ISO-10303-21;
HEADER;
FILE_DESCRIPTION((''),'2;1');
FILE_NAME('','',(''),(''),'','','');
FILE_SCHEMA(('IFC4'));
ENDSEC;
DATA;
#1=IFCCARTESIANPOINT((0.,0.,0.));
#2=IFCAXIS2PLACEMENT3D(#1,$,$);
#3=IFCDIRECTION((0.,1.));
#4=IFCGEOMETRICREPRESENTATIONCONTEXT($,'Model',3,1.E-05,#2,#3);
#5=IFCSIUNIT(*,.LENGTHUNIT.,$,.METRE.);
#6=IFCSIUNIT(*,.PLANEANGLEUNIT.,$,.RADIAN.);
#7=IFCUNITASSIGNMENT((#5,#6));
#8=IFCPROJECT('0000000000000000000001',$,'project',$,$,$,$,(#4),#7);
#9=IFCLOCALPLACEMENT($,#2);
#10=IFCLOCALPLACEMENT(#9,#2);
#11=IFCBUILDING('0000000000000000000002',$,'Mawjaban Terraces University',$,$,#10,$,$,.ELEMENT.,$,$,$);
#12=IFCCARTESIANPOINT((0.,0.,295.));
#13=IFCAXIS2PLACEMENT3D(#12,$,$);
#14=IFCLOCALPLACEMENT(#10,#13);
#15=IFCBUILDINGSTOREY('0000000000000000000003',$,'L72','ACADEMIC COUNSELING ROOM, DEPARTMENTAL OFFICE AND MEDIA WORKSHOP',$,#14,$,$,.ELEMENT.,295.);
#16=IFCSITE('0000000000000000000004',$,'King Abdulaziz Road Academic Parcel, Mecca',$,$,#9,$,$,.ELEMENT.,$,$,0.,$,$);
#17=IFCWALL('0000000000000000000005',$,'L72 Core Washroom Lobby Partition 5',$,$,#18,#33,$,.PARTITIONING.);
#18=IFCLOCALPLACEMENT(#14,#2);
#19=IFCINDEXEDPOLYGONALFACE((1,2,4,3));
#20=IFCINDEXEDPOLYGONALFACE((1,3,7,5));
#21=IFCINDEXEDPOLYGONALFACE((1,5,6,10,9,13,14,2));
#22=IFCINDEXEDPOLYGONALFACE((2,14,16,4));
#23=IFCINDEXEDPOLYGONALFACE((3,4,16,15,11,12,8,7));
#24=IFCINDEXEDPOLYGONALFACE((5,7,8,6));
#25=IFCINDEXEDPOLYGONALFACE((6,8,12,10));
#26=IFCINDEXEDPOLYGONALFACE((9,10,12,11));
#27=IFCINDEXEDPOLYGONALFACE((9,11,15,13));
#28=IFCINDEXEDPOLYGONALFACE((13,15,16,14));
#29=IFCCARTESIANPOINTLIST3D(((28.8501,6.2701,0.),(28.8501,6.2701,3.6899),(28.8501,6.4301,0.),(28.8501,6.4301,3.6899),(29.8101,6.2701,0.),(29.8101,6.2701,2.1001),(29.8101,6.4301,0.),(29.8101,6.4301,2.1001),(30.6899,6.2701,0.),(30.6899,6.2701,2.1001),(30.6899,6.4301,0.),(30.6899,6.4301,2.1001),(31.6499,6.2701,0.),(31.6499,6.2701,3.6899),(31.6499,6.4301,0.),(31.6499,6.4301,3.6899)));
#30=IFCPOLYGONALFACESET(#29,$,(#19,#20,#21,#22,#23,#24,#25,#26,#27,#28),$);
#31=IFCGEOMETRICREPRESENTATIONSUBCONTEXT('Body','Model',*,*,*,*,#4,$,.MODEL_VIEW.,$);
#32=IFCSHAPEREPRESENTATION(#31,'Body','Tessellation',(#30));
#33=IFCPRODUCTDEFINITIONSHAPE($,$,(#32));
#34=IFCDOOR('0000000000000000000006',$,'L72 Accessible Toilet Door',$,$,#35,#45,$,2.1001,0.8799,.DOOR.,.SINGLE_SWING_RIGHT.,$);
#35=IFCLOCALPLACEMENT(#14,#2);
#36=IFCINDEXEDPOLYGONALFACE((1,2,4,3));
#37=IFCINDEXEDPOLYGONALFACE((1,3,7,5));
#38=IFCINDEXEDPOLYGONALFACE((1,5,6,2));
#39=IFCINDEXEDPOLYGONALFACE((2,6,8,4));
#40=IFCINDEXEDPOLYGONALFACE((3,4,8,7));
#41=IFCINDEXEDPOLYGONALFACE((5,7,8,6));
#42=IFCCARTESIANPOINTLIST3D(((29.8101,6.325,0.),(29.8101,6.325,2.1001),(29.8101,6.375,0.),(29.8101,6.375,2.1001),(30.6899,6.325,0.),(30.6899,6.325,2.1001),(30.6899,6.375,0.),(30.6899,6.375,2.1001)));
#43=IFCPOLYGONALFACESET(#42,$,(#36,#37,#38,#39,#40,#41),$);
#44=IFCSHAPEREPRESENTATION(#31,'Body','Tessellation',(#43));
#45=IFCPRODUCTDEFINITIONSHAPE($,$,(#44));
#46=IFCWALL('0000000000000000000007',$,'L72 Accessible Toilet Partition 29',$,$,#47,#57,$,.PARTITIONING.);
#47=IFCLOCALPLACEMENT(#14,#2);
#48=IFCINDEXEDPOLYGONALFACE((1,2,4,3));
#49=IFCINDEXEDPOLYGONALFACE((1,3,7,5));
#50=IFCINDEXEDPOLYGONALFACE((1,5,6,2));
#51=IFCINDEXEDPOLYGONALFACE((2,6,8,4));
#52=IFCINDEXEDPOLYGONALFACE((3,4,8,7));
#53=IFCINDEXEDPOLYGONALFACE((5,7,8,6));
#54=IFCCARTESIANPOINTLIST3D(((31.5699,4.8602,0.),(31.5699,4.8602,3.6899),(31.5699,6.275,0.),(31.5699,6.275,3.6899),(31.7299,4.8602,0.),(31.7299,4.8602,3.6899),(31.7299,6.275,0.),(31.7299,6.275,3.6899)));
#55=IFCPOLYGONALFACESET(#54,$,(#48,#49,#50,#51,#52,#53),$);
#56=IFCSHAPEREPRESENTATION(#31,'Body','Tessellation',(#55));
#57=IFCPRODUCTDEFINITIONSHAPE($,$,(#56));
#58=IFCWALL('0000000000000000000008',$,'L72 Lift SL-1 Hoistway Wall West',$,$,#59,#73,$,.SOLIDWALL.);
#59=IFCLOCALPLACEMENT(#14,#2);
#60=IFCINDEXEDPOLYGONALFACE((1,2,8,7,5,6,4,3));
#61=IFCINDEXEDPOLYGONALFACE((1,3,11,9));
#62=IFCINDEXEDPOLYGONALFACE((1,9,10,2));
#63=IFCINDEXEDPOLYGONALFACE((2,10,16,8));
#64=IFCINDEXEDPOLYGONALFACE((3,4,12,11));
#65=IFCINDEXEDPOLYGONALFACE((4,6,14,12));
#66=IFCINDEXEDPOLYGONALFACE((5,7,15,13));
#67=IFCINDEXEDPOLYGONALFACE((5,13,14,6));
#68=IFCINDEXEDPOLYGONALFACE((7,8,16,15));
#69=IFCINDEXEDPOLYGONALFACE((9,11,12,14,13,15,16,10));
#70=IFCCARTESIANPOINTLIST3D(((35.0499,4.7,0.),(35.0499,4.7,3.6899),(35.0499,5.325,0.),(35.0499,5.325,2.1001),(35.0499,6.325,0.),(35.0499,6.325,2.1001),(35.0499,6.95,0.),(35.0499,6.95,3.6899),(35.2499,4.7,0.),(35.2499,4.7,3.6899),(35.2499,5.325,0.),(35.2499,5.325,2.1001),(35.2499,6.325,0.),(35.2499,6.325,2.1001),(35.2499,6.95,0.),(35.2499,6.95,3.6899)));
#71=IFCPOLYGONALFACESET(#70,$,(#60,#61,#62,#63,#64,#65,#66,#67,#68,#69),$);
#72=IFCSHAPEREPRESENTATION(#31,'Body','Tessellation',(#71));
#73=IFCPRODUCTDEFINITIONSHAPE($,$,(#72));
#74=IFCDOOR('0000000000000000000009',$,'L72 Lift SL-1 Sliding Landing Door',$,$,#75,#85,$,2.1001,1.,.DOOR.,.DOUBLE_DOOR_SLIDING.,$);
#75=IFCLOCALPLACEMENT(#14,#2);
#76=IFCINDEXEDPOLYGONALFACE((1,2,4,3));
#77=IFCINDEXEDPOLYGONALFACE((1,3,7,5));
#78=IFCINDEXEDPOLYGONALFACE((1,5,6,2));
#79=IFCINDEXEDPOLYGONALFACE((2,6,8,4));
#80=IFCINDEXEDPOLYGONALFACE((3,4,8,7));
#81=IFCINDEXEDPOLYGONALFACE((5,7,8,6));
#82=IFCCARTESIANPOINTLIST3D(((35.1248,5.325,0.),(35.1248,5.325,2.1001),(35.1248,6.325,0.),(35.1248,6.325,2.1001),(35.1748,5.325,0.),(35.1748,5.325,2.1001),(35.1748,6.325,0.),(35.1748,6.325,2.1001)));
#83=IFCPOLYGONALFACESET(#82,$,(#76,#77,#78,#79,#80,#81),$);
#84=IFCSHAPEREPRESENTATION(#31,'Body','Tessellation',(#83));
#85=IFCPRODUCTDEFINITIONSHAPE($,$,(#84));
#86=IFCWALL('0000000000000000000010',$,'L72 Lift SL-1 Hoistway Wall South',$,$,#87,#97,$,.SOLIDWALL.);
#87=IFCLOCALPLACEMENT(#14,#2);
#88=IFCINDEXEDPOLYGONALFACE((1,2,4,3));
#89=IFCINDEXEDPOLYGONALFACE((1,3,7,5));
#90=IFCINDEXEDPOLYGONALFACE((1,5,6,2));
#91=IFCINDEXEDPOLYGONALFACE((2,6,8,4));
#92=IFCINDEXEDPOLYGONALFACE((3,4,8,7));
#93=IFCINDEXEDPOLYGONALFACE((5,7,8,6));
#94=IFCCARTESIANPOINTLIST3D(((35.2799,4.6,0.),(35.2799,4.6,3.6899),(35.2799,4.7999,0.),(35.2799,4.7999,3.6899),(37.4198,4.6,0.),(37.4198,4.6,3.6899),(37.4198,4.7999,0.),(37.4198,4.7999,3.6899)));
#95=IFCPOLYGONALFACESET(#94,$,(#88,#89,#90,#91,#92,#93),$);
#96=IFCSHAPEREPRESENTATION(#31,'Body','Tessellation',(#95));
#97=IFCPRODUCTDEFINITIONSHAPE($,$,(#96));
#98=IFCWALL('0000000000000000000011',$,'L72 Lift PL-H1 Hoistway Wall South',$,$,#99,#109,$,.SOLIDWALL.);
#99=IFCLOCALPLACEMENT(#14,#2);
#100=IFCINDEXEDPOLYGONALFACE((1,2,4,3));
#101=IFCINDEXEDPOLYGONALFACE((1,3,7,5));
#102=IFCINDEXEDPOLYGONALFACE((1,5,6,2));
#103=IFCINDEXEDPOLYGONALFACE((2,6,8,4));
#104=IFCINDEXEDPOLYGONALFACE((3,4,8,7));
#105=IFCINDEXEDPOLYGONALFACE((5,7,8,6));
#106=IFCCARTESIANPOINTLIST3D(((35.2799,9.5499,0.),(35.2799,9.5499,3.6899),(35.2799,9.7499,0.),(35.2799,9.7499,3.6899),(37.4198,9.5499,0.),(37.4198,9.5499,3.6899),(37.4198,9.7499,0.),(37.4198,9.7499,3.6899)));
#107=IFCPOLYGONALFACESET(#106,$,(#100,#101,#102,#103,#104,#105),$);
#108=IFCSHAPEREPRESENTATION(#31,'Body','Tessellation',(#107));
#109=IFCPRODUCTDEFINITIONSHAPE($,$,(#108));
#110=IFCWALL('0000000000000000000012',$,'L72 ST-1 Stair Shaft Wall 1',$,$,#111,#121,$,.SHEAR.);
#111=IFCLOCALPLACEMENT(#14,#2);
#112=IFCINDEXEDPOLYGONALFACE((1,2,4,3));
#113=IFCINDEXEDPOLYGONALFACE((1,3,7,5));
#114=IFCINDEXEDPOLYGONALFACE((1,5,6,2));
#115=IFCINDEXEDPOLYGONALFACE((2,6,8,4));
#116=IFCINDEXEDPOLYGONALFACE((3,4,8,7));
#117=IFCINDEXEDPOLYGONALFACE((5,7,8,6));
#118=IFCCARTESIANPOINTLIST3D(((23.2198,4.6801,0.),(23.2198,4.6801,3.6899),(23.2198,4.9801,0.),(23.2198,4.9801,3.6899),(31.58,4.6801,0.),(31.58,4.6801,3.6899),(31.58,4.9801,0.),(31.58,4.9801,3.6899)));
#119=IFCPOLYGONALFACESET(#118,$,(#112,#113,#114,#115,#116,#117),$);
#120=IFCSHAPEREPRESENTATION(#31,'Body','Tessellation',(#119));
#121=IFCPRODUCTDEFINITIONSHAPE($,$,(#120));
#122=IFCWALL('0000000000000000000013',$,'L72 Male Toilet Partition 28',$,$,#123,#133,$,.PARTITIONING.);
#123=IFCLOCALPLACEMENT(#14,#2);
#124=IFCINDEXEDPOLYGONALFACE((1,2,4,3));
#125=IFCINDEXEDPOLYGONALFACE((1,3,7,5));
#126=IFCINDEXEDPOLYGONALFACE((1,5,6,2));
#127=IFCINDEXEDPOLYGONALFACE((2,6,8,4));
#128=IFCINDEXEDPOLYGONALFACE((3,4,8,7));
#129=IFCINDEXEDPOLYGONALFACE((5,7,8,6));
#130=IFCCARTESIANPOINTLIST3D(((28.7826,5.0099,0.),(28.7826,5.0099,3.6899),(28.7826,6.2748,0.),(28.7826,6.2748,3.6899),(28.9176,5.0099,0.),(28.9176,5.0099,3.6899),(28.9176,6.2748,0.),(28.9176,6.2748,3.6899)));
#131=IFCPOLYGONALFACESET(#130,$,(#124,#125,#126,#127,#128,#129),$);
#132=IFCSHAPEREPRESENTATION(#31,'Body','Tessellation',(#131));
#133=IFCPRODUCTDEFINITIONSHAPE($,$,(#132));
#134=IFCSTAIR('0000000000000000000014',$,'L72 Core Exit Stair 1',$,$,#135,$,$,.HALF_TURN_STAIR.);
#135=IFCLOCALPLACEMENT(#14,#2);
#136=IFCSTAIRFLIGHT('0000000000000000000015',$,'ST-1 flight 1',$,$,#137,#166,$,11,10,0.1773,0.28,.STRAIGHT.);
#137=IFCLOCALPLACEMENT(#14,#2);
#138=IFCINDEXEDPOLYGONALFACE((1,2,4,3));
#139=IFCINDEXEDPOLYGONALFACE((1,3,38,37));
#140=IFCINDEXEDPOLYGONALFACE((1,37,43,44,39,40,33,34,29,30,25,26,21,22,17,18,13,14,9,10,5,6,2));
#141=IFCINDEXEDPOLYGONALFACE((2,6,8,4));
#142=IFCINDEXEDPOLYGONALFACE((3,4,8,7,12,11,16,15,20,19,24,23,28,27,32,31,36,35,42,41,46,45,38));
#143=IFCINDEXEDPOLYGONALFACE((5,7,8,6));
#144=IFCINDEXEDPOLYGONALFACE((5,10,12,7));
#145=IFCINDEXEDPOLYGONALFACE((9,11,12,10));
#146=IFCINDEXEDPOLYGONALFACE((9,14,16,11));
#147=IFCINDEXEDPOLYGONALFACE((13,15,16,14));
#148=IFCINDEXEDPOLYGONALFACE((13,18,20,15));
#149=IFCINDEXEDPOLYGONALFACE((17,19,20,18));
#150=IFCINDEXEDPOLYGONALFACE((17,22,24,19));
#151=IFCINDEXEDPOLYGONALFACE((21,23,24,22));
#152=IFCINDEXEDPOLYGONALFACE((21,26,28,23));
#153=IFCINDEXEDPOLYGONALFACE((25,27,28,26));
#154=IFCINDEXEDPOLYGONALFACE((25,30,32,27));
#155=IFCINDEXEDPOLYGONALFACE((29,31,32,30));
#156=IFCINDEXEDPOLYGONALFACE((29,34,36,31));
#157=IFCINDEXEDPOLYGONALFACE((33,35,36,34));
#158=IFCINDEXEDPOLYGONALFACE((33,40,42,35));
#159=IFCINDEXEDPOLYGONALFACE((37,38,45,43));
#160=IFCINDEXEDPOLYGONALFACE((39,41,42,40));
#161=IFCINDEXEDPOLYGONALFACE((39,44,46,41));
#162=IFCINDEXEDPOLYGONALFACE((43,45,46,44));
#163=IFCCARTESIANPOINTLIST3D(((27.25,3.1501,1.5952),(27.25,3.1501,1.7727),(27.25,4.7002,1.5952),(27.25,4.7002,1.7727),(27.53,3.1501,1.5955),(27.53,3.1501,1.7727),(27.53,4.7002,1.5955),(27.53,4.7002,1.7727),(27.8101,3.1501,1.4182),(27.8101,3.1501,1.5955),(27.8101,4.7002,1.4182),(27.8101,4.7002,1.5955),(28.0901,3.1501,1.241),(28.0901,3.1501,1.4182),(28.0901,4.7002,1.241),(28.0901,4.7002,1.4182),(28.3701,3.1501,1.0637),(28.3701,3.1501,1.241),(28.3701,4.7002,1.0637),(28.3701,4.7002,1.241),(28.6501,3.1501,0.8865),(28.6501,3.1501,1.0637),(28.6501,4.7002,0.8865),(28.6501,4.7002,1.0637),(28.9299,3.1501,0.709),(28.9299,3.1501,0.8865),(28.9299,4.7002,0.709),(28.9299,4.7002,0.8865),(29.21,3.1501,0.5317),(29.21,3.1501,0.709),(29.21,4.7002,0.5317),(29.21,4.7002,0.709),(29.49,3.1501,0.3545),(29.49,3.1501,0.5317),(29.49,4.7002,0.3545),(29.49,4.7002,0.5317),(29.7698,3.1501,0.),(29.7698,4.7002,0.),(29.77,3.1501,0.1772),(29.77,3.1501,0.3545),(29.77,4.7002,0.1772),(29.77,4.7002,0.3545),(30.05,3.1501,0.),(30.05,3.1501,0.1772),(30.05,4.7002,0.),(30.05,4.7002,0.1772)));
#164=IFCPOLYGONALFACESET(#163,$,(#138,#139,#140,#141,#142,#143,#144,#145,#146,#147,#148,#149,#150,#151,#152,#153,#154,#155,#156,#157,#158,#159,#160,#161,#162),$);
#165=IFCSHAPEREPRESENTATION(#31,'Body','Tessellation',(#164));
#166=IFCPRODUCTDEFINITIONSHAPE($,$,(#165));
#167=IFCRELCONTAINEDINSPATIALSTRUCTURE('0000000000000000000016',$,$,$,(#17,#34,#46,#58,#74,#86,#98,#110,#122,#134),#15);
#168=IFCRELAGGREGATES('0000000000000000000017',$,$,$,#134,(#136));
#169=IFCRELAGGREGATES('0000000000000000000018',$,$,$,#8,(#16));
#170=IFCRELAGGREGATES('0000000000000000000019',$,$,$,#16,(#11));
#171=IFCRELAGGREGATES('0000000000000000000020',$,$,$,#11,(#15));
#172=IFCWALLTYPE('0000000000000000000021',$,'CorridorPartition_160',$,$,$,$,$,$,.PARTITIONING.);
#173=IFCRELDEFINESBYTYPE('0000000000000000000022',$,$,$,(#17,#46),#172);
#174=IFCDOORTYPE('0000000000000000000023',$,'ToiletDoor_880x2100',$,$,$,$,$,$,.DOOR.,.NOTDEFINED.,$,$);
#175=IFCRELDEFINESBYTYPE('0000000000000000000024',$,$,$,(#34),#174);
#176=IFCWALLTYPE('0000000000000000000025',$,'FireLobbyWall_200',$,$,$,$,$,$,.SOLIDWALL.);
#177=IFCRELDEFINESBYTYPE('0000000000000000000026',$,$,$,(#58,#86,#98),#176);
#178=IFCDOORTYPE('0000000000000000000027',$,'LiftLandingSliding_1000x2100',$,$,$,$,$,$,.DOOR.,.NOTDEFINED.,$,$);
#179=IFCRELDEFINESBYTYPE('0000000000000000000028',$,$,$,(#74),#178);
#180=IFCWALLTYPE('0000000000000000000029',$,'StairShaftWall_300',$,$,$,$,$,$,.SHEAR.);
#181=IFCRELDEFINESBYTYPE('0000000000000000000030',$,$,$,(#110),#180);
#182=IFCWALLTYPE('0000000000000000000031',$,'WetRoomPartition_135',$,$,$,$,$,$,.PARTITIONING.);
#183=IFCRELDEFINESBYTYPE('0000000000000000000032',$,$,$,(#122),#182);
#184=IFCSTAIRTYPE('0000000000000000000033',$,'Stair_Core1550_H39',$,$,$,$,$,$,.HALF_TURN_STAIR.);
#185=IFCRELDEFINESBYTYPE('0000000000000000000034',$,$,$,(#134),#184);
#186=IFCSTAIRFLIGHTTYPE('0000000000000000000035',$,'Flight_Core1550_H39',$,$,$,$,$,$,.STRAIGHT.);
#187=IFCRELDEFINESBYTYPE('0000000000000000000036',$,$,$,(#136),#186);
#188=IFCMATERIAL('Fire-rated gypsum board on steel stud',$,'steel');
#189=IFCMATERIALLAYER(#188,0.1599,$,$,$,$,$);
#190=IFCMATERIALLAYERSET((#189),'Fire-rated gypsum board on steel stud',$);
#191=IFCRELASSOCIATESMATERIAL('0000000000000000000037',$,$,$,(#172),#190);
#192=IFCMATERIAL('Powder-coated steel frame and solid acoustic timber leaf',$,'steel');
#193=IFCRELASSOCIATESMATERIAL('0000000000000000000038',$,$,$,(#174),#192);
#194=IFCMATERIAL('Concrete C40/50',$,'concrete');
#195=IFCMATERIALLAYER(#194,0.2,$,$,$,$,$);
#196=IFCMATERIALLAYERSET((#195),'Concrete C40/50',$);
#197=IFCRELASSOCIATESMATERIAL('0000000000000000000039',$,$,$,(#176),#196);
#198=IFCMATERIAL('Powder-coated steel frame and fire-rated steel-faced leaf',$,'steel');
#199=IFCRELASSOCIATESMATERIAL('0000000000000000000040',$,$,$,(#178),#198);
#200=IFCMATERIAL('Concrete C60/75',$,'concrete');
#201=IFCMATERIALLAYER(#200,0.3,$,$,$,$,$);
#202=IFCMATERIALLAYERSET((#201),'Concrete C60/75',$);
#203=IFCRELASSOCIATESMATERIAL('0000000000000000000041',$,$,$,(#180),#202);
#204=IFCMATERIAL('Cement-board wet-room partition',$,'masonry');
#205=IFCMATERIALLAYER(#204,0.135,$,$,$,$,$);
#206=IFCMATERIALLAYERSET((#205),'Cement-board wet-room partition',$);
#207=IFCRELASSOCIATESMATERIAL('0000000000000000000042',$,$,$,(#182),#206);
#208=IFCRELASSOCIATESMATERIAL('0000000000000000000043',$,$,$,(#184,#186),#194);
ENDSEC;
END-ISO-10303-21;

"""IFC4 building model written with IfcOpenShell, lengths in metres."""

from ifc_helpers import new_model, si_unit, direction, frame, frame_2d, origin, place, context, subcontext, project, spatial, polyline, rectangle, outline, extrude, material, layer, layer_set, type_object, element, fill, aggregate, save


model = new_model("IFC4")

# Units and contexts
model_context = context("Model", 3, precision=1e-05, world=origin(), true_north=direction((0.0, 1.0)))
body_context = subcontext(model_context, "Body", "Model", "MODEL_VIEW")
ifc_project = project(units=[si_unit("LENGTHUNIT", "METRE"), si_unit("PLANEANGLEUNIT", "RADIAN")], contexts=[model_context])

# Site, building, storey
site_placement = place(None, origin())
site = spatial("IfcSite", under=ifc_project, at=site_placement, Name="King Abdulaziz Road Academic Parcel, Mecca", CompositionType="ELEMENT", RefElevation=0.0)
building_placement = place(site_placement, origin())
building = spatial("IfcBuilding", under=site, at=building_placement, Name="Mawjaban Terraces University", CompositionType="ELEMENT")
storey_placement = place(building_placement, frame((0.0, 0.0, 295.0)))
storey = spatial("IfcBuildingStorey", under=building, at=storey_placement, Name="L72", Description="ACADEMIC COUNSELING ROOM, DEPARTMENTAL OFFICE AND MEDIA WORKSHOP", CompositionType="ELEMENT", Elevation=295.0)

# Wall, opening, door
ifc_material_1 = material(Name="Fire-rated gypsum board on steel stud", Category="steel")
ifc_layer_1 = layer(ifc_material_1, 0.1599)
ifc_layer_set_1 = layer_set([ifc_layer_1], Name="Fire-rated gypsum board on steel stud")
wall_type_1 = type_object("IfcWallType", Name="CorridorPartition_160", PredefinedType="PARTITIONING", material=ifc_layer_set_1)
wall_1_placement = place(storey_placement, frame((28.8501, 6.3501, 0.0), z_axis=(0.0, 0.0, 1.0), x_axis=(1.0, 0.0, 0.0)))
wall_1 = element("IfcWall", 1, at=wall_1_placement, inside=storey, type_object=wall_type_1, Name="L72 Core Washroom Lobby Partition 5", PredefinedType="PARTITIONING", context=body_context, shape_type="SweptSolid", body=[
    extrude(rectangle(XDim=2.7998, YDim=0.1599, at=frame_2d((1.3999, 0.0))), origin(), (0.0, 0.0, 1.0), 3.6899),
])
opening_1_placement = place(wall_1_placement, frame((0.96, 0.0, 0.0)))
opening_1 = element("IfcOpeningElement", 2, at=opening_1_placement, cuts=wall_1, PredefinedType="OPENING", context=body_context, shape_type="SweptSolid", body=[
    extrude(rectangle(XDim=0.8799, YDim=2.1001, at=frame_2d((0.4399, 1.05))), frame((0.0, 0.0898, 0.0), z_axis=(0.0, -1.0, 0.0), x_axis=(1.0, 0.0, 0.0)), (0.0, 0.0, 1.0), 0.1799),
])
ifc_material_2 = material(Name="Powder-coated steel frame and solid acoustic timber leaf", Category="steel")
door_type_1 = type_object("IfcDoorType", Name="ToiletDoor_880x2100", OperationType="NOTDEFINED", PredefinedType="DOOR", material=ifc_material_2)
door_1_placement = place(opening_1_placement, origin())
door_1 = element("IfcDoor", 3, at=door_1_placement, inside=storey, type_object=door_type_1, Name="L72 Accessible Toilet Door", OperationType="SINGLE_SWING_RIGHT", OverallHeight=2.1001, OverallWidth=0.8799, PredefinedType="DOOR", context=body_context, shape_type="SweptSolid", body=[
    extrude(rectangle(XDim=0.8799, YDim=2.1001, at=frame_2d((0.4399, 1.05))), frame((0.0, 0.0249, 0.0), z_axis=(0.0, -1.0, 0.0), x_axis=(1.0, 0.0, 0.0)), (0.0, 0.0, 1.0), 0.05),
])
fill(opening_1, door_1)

# Wall
wall_2_placement = place(storey_placement, frame((31.6499, 4.8601, 0.0), z_axis=(0.0, 0.0, 1.0), x_axis=(0.0, 1.0, 0.0)))
element("IfcWall", 4, at=wall_2_placement, inside=storey, type_object=wall_type_1, Name="L72 Accessible Toilet Partition 29", PredefinedType="PARTITIONING", context=body_context, shape_type="SweptSolid", body=[
    extrude(rectangle(XDim=1.4148, YDim=0.1599, at=frame_2d((0.7075, 0.0))), origin(), (0.0, 0.0, 1.0), 3.6899),
])

# Wall, opening, door
ifc_material_3 = material(Name="Concrete C40/50", Category="concrete")
ifc_layer_2 = layer(ifc_material_3, 0.2)
ifc_layer_set_2 = layer_set([ifc_layer_2], Name="Concrete C40/50")
wall_type_2 = type_object("IfcWallType", Name="FireLobbyWall_200", PredefinedType="SOLIDWALL", material=ifc_layer_set_2)
ifc_material_4 = material(Name="Powder-coated steel frame and fire-rated steel-faced leaf", Category="steel")
wall_3_placement = place(storey_placement, frame((35.1499, 6.95, 0.0), z_axis=(0.0, 0.0, 1.0), x_axis=(0.0, -1.0, 0.0)))
wall_3 = element("IfcWall", 5, at=wall_3_placement, inside=storey, type_object=wall_type_2, Name="L72 Lift SL-1 Hoistway Wall West", PredefinedType="SOLIDWALL", context=body_context, shape_type="SweptSolid", body=[
    extrude(rectangle(XDim=2.25, YDim=0.2, at=frame_2d((1.125, 0.0))), origin(), (0.0, 0.0, 1.0), 3.6899),
])
opening_2_placement = place(wall_3_placement, frame((0.625, 0.0, 0.0)))
opening_2 = element("IfcOpeningElement", 6, at=opening_2_placement, cuts=wall_3, PredefinedType="OPENING", context=body_context, shape_type="SweptSolid", body=[
    extrude(rectangle(XDim=1.0, YDim=2.1001, at=frame_2d((0.5, 1.05))), frame((0.0, 0.1099, 0.0), z_axis=(0.0, -1.0, 0.0), x_axis=(1.0, 0.0, 0.0)), (0.0, 0.0, 1.0), 0.22),
])
door_type_2 = type_object("IfcDoorType", Name="LiftLandingSliding_1000x2100", OperationType="NOTDEFINED", PredefinedType="DOOR", material=ifc_material_4)
door_2_placement = place(opening_2_placement, origin())
door_2 = element("IfcDoor", 7, at=door_2_placement, inside=storey, type_object=door_type_2, Name="L72 Lift SL-1 Sliding Landing Door", OperationType="DOUBLE_DOOR_SLIDING", OverallHeight=2.1001, OverallWidth=1.0, PredefinedType="DOOR", context=body_context, shape_type="SweptSolid", body=[
    extrude(rectangle(XDim=1.0, YDim=2.1001, at=frame_2d((0.5, 1.05))), frame((0.0, 0.0249, 0.0), z_axis=(0.0, -1.0, 0.0), x_axis=(1.0, 0.0, 0.0)), (0.0, 0.0, 1.0), 0.05),
])
fill(opening_2, door_2)

# Walls
for number, where, z_axis, x_axis, name in (
    (8, (35.28, 4.7, 0.0), (0.0, 0.0, 1.0), (1.0, 0.0, 0.0), "L72 Lift SL-1 Hoistway Wall South"),
    (9, (35.28, 9.6499, 0.0), (0.0, 0.0, 1.0), (1.0, 0.0, 0.0), "L72 Lift PL-H1 Hoistway Wall South"),
):
    element("IfcWall", number, at=place(storey_placement, frame(where, z_axis=z_axis, x_axis=x_axis)), inside=storey, type_object=wall_type_2, Name=name, PredefinedType="SOLIDWALL", context=body_context, shape_type="SweptSolid", body=[
        extrude(rectangle(XDim=2.1399, YDim=0.2, at=frame_2d((1.0698, 0.0))), origin(), (0.0, 0.0, 1.0), 3.6899),
    ])

# Wall
ifc_material_5 = material(Name="Concrete C60/75", Category="concrete")
ifc_layer_3 = layer(ifc_material_5, 0.3)
ifc_layer_set_3 = layer_set([ifc_layer_3], Name="Concrete C60/75")
wall_type_3 = type_object("IfcWallType", Name="StairShaftWall_300", PredefinedType="SHEAR", material=ifc_layer_set_3)
wall_4_placement = place(storey_placement, frame((31.5801, 4.8301, 0.0), z_axis=(0.0, 0.0, 1.0), x_axis=(-1.0, 0.0, 0.0)))
element("IfcWall", 10, at=wall_4_placement, inside=storey, type_object=wall_type_3, Name="L72 ST-1 Stair Shaft Wall 1", PredefinedType="SHEAR", context=body_context, shape_type="SweptSolid", body=[
    extrude(rectangle(XDim=8.3601, YDim=0.3, at=frame_2d((4.1802, 0.0))), origin(), (0.0, 0.0, 1.0), 3.6899),
])

# Wall
ifc_material_6 = material(Name="Cement-board wet-room partition", Category="masonry")
ifc_layer_4 = layer(ifc_material_6, 0.135)
ifc_layer_set_4 = layer_set([ifc_layer_4], Name="Cement-board wet-room partition")
wall_type_4 = type_object("IfcWallType", Name="WetRoomPartition_135", PredefinedType="PARTITIONING", material=ifc_layer_set_4)
wall_5_placement = place(storey_placement, frame((28.8501, 5.01, 0.0), z_axis=(0.0, 0.0, 1.0), x_axis=(0.0, 1.0, 0.0)))
element("IfcWall", 11, at=wall_5_placement, inside=storey, type_object=wall_type_4, Name="L72 Male Toilet Partition 28", PredefinedType="PARTITIONING", context=body_context, shape_type="SweptSolid", body=[
    extrude(rectangle(XDim=1.2649, YDim=0.135, at=frame_2d((0.6323, 0.0))), origin(), (0.0, 0.0, 1.0), 3.6899),
])

# Stair, stair flight
stair_type = type_object("IfcStairType", Name="Stair_Core1550_H39", PredefinedType="HALF_TURN_STAIR", material=ifc_material_3)
stair_1_placement = place(storey_placement, origin())
stair_1 = element("IfcStair", 12, at=stair_1_placement, inside=storey, type_object=stair_type, Name="L72 Core Exit Stair 1", PredefinedType="HALF_TURN_STAIR")
stair_flight_type = type_object("IfcStairFlightType", Name="Flight_Core1550_H39", PredefinedType="STRAIGHT", material=ifc_material_3)
stair_flight_1_placement = place(storey_placement, frame((30.05, 3.925, 0.0), z_axis=(0.0, 0.0, 1.0), x_axis=(-1.0, 0.0, 0.0)))
stair_flight_1 = element("IfcStairFlight", 13, at=stair_flight_1_placement, type_object=stair_flight_type, Name="ST-1 flight 1", NumberOfRisers=11, NumberOfTreads=10, PredefinedType="STRAIGHT", RiserHeight=0.1773, TreadLength=0.28, context=body_context, shape_type="SweptSolid", body=[
    extrude(outline(polyline([(0.0, 0.0), (0.0, 0.1772), (0.28, 0.1772), (0.28, 0.3545), (0.5601, 0.3545), (0.5601, 0.5317), (0.8401, 0.5317), (0.8401, 0.709), (1.1201, 0.709), (1.1201, 0.8865), (1.3999, 0.8865), (1.3999, 1.0637), (1.6799, 1.0637), (1.6799, 1.241), (1.96, 1.241), (1.96, 1.4182), (2.24, 1.4182), (2.24, 1.5955), (2.52, 1.5955), (2.52, 1.7727), (2.8, 1.7727), (2.8, 1.95), (2.8, 1.5952), (0.2803, 0.0), (0.0, 0.0)])), frame((0.0, 0.7749, 0.0), z_axis=(0.0, -1.0, 0.0), x_axis=(1.0, 0.0, 0.0)), (0.0, 0.0, 1.0), 1.55),
])
aggregate(stair_1, [stair_flight_1])

save(model, "model.ifc")
